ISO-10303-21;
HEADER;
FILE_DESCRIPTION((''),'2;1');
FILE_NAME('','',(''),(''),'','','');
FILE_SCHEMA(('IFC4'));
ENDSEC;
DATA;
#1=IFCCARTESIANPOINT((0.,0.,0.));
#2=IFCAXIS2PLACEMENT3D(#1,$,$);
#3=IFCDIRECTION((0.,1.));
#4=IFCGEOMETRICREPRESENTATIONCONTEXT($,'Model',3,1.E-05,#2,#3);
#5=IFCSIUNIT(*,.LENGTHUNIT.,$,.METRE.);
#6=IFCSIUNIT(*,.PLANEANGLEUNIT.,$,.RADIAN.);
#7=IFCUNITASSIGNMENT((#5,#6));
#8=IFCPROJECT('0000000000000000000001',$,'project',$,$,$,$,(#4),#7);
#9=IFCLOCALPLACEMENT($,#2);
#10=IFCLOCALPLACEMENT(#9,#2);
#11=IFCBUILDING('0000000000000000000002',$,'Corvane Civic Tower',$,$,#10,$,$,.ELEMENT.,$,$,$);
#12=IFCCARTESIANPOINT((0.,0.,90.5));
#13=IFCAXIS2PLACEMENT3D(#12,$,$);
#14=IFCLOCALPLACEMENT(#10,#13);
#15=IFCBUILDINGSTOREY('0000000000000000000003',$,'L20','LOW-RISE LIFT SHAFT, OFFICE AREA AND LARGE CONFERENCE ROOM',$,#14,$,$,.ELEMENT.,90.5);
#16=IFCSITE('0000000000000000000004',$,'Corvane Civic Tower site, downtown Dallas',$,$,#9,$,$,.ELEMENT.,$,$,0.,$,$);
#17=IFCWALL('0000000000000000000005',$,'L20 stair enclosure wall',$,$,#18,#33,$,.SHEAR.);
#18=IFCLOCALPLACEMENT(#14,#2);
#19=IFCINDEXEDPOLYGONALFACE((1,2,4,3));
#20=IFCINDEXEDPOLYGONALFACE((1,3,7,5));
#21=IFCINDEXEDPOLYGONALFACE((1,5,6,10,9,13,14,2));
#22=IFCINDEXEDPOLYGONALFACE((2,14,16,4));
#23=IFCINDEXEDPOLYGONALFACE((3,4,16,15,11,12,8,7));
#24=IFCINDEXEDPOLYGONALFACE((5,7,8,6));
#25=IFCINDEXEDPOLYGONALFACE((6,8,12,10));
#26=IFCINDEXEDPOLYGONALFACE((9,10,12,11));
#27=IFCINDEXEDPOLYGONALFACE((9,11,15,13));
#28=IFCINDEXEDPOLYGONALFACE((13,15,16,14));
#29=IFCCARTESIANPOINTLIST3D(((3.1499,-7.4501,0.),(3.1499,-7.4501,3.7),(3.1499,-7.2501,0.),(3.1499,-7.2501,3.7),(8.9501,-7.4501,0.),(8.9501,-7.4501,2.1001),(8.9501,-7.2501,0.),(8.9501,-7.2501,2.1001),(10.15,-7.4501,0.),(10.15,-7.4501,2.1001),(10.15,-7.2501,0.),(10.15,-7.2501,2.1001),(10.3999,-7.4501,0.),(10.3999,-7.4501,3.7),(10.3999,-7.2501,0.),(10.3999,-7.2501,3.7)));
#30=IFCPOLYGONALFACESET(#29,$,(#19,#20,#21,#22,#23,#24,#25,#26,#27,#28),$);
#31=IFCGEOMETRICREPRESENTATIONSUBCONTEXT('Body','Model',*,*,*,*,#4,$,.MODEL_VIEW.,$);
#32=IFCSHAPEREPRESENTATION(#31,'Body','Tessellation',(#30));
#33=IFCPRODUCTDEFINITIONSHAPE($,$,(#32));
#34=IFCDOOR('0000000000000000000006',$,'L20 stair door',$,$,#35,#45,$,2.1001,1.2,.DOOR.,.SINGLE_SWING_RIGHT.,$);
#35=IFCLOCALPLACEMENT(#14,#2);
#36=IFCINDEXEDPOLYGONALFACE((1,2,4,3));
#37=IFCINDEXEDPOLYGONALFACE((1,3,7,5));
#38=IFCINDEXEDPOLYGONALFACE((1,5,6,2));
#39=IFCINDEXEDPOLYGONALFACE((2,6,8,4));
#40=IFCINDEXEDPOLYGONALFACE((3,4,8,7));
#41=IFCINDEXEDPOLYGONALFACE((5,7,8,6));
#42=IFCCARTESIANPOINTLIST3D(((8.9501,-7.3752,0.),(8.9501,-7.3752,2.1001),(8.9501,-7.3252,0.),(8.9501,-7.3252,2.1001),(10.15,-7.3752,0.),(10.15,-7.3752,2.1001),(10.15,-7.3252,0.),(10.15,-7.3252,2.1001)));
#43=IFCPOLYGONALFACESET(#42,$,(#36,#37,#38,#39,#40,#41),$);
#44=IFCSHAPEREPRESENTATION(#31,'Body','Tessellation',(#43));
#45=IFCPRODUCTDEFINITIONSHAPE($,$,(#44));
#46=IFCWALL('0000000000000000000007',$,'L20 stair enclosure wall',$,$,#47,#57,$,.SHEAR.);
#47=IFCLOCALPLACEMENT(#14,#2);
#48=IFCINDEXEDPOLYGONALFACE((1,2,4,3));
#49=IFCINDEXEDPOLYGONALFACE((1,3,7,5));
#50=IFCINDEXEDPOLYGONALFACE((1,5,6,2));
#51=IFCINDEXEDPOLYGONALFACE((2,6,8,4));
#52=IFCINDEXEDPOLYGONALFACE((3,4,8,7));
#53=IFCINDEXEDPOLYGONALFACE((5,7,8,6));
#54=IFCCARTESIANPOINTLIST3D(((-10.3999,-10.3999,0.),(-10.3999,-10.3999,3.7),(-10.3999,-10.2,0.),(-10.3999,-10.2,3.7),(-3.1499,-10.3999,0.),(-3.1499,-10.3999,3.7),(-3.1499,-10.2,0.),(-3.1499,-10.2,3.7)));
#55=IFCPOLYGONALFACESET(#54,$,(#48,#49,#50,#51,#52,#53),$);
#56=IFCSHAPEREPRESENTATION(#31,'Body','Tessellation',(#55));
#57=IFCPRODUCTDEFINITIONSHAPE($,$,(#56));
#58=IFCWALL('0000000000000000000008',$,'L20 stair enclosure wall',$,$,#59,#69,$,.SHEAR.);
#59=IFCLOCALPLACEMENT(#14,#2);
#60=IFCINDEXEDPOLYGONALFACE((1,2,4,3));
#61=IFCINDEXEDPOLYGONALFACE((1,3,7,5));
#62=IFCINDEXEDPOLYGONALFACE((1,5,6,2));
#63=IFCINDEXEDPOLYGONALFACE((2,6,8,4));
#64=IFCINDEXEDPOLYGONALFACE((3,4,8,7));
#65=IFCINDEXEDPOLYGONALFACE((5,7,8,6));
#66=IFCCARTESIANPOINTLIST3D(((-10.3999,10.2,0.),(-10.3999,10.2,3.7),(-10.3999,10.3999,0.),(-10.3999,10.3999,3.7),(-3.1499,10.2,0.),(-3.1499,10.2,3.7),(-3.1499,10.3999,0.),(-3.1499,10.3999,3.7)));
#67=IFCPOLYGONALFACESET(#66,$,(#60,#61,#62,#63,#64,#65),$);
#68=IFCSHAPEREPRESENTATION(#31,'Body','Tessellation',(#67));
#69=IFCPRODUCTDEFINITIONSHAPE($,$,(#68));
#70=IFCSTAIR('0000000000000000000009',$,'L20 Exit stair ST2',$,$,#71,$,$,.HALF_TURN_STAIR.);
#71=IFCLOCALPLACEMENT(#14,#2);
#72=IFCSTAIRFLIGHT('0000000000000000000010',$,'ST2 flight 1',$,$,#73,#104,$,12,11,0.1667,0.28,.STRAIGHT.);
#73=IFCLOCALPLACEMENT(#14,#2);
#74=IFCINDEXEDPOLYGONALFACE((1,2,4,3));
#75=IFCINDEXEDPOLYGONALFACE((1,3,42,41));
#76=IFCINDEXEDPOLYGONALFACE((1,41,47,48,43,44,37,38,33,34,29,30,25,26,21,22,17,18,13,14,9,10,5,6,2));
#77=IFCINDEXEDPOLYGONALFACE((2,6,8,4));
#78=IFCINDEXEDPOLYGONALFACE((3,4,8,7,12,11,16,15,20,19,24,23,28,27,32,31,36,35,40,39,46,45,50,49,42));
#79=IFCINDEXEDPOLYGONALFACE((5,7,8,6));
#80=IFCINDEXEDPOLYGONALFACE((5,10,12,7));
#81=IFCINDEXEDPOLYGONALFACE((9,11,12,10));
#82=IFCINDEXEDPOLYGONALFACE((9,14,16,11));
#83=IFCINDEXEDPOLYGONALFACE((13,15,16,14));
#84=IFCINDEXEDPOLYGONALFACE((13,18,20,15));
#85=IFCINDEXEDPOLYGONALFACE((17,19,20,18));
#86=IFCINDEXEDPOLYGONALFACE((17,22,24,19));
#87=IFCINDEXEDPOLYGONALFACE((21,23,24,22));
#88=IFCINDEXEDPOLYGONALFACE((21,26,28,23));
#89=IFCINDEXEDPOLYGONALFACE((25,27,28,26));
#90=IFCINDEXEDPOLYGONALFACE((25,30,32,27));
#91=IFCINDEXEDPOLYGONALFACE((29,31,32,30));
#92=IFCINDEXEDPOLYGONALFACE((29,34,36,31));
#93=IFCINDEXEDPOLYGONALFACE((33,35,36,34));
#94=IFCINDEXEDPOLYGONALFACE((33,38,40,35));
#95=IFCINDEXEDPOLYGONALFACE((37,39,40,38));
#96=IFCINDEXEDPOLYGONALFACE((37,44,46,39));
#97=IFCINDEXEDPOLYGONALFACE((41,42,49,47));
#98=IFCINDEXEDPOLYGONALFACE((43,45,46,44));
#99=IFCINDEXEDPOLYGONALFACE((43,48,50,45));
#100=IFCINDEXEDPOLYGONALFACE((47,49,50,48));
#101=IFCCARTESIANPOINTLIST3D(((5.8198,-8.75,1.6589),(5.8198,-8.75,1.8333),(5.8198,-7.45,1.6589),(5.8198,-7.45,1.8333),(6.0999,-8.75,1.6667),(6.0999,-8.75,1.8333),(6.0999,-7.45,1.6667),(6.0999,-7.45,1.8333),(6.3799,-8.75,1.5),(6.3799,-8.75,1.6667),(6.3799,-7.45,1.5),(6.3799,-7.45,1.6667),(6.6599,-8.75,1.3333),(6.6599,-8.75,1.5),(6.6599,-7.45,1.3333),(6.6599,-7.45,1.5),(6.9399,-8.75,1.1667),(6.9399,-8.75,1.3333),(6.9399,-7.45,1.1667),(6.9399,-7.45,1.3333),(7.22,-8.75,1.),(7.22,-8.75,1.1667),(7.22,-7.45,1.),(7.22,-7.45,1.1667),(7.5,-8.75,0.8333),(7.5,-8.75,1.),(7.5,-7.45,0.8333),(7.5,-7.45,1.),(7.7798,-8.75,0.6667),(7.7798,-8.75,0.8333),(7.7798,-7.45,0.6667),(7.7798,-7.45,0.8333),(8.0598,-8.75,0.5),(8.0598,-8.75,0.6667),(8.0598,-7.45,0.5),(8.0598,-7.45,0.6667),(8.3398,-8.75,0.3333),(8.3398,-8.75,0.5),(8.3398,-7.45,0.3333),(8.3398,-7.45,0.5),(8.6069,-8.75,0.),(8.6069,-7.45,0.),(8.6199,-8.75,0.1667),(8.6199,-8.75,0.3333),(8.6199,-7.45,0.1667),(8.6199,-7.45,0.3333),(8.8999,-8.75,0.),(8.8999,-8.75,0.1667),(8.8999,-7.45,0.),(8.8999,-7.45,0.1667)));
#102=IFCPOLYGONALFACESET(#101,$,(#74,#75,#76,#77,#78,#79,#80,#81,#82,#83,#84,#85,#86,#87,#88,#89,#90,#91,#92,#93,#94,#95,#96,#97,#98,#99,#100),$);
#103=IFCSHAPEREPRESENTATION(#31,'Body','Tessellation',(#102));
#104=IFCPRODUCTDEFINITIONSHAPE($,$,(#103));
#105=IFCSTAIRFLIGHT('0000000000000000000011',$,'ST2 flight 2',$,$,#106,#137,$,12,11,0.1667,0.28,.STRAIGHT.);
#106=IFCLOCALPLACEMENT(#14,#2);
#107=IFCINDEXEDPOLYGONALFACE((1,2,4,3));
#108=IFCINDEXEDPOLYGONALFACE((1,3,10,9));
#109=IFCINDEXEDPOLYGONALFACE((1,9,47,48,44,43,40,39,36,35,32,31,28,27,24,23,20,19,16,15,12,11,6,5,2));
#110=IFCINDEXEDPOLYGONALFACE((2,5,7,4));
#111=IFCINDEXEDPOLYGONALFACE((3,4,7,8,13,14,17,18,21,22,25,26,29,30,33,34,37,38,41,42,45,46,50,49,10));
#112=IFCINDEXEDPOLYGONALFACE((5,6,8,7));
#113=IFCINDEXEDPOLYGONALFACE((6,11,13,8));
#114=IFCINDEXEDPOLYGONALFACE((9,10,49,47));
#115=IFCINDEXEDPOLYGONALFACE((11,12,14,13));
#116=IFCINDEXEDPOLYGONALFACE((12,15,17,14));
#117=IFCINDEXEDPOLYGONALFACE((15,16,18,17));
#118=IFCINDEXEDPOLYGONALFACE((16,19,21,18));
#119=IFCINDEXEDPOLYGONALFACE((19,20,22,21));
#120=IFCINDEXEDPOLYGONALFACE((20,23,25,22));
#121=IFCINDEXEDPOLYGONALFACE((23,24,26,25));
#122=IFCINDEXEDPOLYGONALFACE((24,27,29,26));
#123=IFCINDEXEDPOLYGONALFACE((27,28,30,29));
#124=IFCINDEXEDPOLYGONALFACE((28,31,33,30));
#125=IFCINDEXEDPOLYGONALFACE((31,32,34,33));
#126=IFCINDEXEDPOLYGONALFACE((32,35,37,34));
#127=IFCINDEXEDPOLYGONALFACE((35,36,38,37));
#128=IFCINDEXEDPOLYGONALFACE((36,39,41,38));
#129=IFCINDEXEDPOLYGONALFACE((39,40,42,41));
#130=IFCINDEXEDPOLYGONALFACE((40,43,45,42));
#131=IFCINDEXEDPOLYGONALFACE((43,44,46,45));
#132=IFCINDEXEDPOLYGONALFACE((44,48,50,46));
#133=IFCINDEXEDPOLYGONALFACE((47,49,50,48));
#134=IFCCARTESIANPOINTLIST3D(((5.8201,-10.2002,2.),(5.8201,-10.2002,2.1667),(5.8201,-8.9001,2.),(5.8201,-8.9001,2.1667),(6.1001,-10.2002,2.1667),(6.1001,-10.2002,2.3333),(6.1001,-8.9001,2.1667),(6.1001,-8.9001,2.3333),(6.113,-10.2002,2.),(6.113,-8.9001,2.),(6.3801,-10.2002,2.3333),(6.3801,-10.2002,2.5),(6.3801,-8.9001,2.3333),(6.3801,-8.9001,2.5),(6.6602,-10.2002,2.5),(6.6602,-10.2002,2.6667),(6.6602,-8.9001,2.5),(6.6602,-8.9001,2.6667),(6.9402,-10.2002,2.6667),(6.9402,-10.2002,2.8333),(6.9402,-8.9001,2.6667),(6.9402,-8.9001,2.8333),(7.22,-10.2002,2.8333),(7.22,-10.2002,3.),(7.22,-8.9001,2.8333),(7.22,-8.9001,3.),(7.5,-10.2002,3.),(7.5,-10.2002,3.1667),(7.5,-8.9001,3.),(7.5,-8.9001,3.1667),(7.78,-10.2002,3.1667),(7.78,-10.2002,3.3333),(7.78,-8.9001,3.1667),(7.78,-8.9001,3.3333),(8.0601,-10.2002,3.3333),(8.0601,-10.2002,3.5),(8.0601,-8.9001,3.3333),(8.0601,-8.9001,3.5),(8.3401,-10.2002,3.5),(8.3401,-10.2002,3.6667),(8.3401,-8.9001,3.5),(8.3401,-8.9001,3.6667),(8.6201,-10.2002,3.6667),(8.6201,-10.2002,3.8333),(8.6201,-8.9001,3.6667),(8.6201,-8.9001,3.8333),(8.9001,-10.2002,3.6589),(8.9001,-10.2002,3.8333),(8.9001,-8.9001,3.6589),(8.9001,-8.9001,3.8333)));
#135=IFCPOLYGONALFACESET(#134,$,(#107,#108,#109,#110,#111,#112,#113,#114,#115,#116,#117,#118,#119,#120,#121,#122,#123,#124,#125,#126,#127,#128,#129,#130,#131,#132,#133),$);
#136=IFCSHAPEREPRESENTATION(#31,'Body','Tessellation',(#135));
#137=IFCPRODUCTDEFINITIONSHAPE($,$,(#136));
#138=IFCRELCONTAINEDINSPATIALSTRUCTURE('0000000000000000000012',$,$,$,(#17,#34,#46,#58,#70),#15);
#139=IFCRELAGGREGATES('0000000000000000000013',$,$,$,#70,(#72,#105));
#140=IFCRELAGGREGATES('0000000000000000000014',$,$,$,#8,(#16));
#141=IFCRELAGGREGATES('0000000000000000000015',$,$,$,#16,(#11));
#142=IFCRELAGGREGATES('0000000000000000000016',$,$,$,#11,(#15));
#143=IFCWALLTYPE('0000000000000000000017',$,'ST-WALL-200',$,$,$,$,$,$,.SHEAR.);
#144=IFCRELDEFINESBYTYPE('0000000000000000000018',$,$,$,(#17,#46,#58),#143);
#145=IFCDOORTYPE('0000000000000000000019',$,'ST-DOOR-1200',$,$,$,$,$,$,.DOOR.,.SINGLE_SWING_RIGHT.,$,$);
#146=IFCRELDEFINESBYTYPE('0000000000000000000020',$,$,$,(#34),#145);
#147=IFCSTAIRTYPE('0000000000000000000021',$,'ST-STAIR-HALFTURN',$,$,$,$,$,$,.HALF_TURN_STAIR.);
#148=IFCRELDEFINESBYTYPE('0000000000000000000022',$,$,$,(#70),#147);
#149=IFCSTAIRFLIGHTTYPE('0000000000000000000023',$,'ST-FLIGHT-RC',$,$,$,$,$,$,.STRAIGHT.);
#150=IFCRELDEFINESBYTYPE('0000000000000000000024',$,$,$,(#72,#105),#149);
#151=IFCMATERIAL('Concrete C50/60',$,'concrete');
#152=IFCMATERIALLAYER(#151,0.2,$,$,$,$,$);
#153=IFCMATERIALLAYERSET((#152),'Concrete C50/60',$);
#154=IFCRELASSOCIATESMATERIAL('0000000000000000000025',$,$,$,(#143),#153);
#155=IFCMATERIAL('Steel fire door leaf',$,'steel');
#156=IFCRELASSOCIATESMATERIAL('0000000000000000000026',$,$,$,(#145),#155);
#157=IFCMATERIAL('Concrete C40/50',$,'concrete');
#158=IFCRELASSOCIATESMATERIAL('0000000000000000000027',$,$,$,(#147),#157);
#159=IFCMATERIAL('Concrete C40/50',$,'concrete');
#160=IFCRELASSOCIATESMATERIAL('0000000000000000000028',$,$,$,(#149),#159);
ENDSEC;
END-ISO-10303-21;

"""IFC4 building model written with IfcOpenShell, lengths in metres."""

from ifc_helpers import new_model, si_unit, direction, frame, frame_2d, origin, place, context, subcontext, project, spatial, polyline, rectangle, outline, extrude, material, layer, layer_set, type_object, element, fill, aggregate, save


model = new_model("IFC4")

# Units and contexts
model_context = context("Model", 3, precision=1e-05, world=origin(), true_north=direction((0.0, 1.0)))
body_context = subcontext(model_context, "Body", "Model", "MODEL_VIEW")
ifc_project = project(units=[si_unit("LENGTHUNIT", "METRE"), si_unit("PLANEANGLEUNIT", "RADIAN")], contexts=[model_context])

# Site, building, storey
site_placement = place(None, origin())
site = spatial("IfcSite", under=ifc_project, at=site_placement, Name="Corvane Civic Tower site, downtown Dallas", CompositionType="ELEMENT", RefElevation=0.0)
building_placement = place(site_placement, origin())
building = spatial("IfcBuilding", under=site, at=building_placement, Name="Corvane Civic Tower", CompositionType="ELEMENT")
storey_placement = place(building_placement, frame((0.0, 0.0, 90.5)))
storey = spatial("IfcBuildingStorey", under=building, at=storey_placement, Name="L20", Description="LOW-RISE LIFT SHAFT, OFFICE AREA AND LARGE CONFERENCE ROOM", CompositionType="ELEMENT", Elevation=90.5)

# Wall, opening, door
ifc_material_1 = material(Name="Concrete C50/60", Category="concrete")
ifc_layer_1 = layer(ifc_material_1, 0.2)
ifc_layer_set_1 = layer_set([ifc_layer_1], Name="Concrete C50/60")
wall_type_1 = type_object("IfcWallType", Name="ST-WALL-200", PredefinedType="SHEAR", material=ifc_layer_set_1)
wall_1_placement = place(storey_placement, frame((3.1499, -7.3501, 0.0), z_axis=(0.0, 0.0, 1.0), x_axis=(1.0, 0.0, 0.0)))
wall_1 = element("IfcWall", 1, at=wall_1_placement, inside=storey, type_object=wall_type_1, Name="L20 stair enclosure wall", PredefinedType="SHEAR", context=body_context, shape_type="SweptSolid", body=[
    extrude(rectangle(XDim=7.25, YDim=0.2, at=frame_2d((3.625, 0.0))), origin(), (0.0, 0.0, 1.0), 3.7),
])
opening_1_placement = place(wall_1_placement, frame((5.8, 0.0, 0.0)))
opening_1 = element("IfcOpeningElement", 2, at=opening_1_placement, cuts=wall_1, PredefinedType="OPENING", context=body_context, shape_type="SweptSolid", body=[
    extrude(rectangle(XDim=1.2, YDim=2.1001, at=frame_2d((0.6001, 1.05))), frame((0.0, 0.1099, 0.0), z_axis=(0.0, -1.0, 0.0), x_axis=(1.0, 0.0, 0.0)), (0.0, 0.0, 1.0), 0.22),
])
ifc_material_2 = material(Name="Steel fire door leaf", Category="steel")
door_type_1 = type_object("IfcDoorType", Name="ST-DOOR-1200", OperationType="SINGLE_SWING_RIGHT", PredefinedType="DOOR", material=ifc_material_2)
door_1_placement = place(opening_1_placement, origin())
door_1 = element("IfcDoor", 3, at=door_1_placement, inside=storey, type_object=door_type_1, Name="L20 stair door", OperationType="SINGLE_SWING_RIGHT", OverallHeight=2.1001, OverallWidth=1.2, PredefinedType="DOOR", context=body_context, shape_type="SweptSolid", body=[
    extrude(rectangle(XDim=1.2, YDim=2.1001, at=frame_2d((0.6001, 1.05))), frame((0.0, 0.0249, 0.0), z_axis=(0.0, -1.0, 0.0), x_axis=(1.0, 0.0, 0.0)), (0.0, 0.0, 1.0), 0.05),
])
fill(opening_1, door_1)

# Walls
wall_2_placement = place(storey_placement, origin())
element("IfcWall", 4, at=wall_2_placement, inside=storey, type_object=wall_type_1, Name="L20 stair enclosure wall", PredefinedType="SHEAR", context=body_context, shape_type="SweptSolid", body=[
    extrude(outline(polyline([(-3.1499, -10.2), (-3.1499, -10.3999), (-10.3999, -10.3999), (-10.3999, -10.2), (-3.1499, -10.2)])), origin(), (0.0, 0.0, 1.0), 3.7),
])
wall_3_placement = place(storey_placement, origin())
element("IfcWall", 5, at=wall_3_placement, inside=storey, type_object=wall_type_1, Name="L20 stair enclosure wall", PredefinedType="SHEAR", context=body_context, shape_type="SweptSolid", body=[
    extrude(outline(polyline([(-3.1499, 10.2), (-10.3999, 10.2), (-10.3999, 10.3999), (-3.1499, 10.3999), (-3.1499, 10.2)])), origin(), (0.0, 0.0, 1.0), 3.7),
])

# Stair, stair flights
ifc_material_3 = material(Name="Concrete C40/50", Category="concrete")
stair_type = type_object("IfcStairType", Name="ST-STAIR-HALFTURN", PredefinedType="HALF_TURN_STAIR", material=ifc_material_3)
stair_placement = place(storey_placement, origin())
stair = element("IfcStair", 6, at=stair_placement, inside=storey, type_object=stair_type, Name="L20 Exit stair ST2", PredefinedType="HALF_TURN_STAIR")
ifc_material_4 = material(Name="Concrete C40/50", Category="concrete")
stair_flight_type = type_object("IfcStairFlightType", Name="ST-FLIGHT-RC", PredefinedType="STRAIGHT", material=ifc_material_4)
stair_flight_1_placement = place(storey_placement, frame((8.8999, -8.1001, 0.0), z_axis=(0.0, 0.0, 1.0), x_axis=(-1.0, 0.0, 0.0)))
stair_flight_1 = element("IfcStairFlight", 7, at=stair_flight_1_placement, type_object=stair_flight_type, Name="ST2 flight 1", NumberOfRisers=12, NumberOfTreads=11, PredefinedType="STRAIGHT", RiserHeight=0.1667, TreadLength=0.28, context=body_context, shape_type="SweptSolid", body=[
    extrude(outline(polyline([(0.0, 0.0), (0.0, 0.1667), (0.28, 0.1667), (0.28, 0.3333), (0.5601, 0.3333), (0.5601, 0.5), (0.8401, 0.5), (0.8401, 0.6667), (1.1201, 0.6667), (1.1201, 0.8333), (1.3999, 0.8333), (1.3999, 1.0), (1.6799, 1.0), (1.6799, 1.1667), (1.96, 1.1667), (1.96, 1.3333), (2.24, 1.3333), (2.24, 1.5), (2.52, 1.5), (2.52, 1.6667), (2.8, 1.6667), (2.8, 1.8333), (3.0801, 1.8333), (3.0801, 2.0), (3.0801, 1.6589), (0.293, 0.0), (0.0, 0.0)])), frame((0.0, 0.6499, 0.0), z_axis=(0.0, -1.0, 0.0), x_axis=(1.0, 0.0, 0.0)), (0.0, 0.0, 1.0), 1.3),
])
stair_flight_2_placement = place(storey_placement, frame((5.8201, -9.55, 2.0), z_axis=(0.0, 0.0, 1.0), x_axis=(1.0, 0.0, 0.0)))
stair_flight_2 = element("IfcStairFlight", 8, at=stair_flight_2_placement, type_object=stair_flight_type, Name="ST2 flight 2", NumberOfRisers=12, NumberOfTreads=11, PredefinedType="STRAIGHT", RiserHeight=0.1667, TreadLength=0.28, context=body_context, shape_type="SweptSolid", body=[
    extrude(outline(polyline([(0.0, 0.0), (0.0, 0.1667), (0.28, 0.1667), (0.28, 0.3333), (0.5601, 0.3333), (0.5601, 0.5), (0.8401, 0.5), (0.8401, 0.6667), (1.1201, 0.6667), (1.1201, 0.8333), (1.3999, 0.8333), (1.3999, 1.0), (1.6799, 1.0), (1.6799, 1.1667), (1.96, 1.1667), (1.96, 1.3333), (2.24, 1.3333), (2.24, 1.5), (2.52, 1.5), (2.52, 1.6667), (2.8, 1.6667), (2.8, 1.8333), (3.0801, 1.8333), (3.0801, 2.0), (3.0801, 1.6589), (0.293, 0.0), (0.0, 0.0)])), frame((0.0, 0.6499, 0.0), z_axis=(0.0, -1.0, 0.0), x_axis=(1.0, 0.0, 0.0)), (0.0, 0.0, 1.0), 1.3),
])
aggregate(stair, [stair_flight_1, stair_flight_2])

save(model, "model.ifc")
